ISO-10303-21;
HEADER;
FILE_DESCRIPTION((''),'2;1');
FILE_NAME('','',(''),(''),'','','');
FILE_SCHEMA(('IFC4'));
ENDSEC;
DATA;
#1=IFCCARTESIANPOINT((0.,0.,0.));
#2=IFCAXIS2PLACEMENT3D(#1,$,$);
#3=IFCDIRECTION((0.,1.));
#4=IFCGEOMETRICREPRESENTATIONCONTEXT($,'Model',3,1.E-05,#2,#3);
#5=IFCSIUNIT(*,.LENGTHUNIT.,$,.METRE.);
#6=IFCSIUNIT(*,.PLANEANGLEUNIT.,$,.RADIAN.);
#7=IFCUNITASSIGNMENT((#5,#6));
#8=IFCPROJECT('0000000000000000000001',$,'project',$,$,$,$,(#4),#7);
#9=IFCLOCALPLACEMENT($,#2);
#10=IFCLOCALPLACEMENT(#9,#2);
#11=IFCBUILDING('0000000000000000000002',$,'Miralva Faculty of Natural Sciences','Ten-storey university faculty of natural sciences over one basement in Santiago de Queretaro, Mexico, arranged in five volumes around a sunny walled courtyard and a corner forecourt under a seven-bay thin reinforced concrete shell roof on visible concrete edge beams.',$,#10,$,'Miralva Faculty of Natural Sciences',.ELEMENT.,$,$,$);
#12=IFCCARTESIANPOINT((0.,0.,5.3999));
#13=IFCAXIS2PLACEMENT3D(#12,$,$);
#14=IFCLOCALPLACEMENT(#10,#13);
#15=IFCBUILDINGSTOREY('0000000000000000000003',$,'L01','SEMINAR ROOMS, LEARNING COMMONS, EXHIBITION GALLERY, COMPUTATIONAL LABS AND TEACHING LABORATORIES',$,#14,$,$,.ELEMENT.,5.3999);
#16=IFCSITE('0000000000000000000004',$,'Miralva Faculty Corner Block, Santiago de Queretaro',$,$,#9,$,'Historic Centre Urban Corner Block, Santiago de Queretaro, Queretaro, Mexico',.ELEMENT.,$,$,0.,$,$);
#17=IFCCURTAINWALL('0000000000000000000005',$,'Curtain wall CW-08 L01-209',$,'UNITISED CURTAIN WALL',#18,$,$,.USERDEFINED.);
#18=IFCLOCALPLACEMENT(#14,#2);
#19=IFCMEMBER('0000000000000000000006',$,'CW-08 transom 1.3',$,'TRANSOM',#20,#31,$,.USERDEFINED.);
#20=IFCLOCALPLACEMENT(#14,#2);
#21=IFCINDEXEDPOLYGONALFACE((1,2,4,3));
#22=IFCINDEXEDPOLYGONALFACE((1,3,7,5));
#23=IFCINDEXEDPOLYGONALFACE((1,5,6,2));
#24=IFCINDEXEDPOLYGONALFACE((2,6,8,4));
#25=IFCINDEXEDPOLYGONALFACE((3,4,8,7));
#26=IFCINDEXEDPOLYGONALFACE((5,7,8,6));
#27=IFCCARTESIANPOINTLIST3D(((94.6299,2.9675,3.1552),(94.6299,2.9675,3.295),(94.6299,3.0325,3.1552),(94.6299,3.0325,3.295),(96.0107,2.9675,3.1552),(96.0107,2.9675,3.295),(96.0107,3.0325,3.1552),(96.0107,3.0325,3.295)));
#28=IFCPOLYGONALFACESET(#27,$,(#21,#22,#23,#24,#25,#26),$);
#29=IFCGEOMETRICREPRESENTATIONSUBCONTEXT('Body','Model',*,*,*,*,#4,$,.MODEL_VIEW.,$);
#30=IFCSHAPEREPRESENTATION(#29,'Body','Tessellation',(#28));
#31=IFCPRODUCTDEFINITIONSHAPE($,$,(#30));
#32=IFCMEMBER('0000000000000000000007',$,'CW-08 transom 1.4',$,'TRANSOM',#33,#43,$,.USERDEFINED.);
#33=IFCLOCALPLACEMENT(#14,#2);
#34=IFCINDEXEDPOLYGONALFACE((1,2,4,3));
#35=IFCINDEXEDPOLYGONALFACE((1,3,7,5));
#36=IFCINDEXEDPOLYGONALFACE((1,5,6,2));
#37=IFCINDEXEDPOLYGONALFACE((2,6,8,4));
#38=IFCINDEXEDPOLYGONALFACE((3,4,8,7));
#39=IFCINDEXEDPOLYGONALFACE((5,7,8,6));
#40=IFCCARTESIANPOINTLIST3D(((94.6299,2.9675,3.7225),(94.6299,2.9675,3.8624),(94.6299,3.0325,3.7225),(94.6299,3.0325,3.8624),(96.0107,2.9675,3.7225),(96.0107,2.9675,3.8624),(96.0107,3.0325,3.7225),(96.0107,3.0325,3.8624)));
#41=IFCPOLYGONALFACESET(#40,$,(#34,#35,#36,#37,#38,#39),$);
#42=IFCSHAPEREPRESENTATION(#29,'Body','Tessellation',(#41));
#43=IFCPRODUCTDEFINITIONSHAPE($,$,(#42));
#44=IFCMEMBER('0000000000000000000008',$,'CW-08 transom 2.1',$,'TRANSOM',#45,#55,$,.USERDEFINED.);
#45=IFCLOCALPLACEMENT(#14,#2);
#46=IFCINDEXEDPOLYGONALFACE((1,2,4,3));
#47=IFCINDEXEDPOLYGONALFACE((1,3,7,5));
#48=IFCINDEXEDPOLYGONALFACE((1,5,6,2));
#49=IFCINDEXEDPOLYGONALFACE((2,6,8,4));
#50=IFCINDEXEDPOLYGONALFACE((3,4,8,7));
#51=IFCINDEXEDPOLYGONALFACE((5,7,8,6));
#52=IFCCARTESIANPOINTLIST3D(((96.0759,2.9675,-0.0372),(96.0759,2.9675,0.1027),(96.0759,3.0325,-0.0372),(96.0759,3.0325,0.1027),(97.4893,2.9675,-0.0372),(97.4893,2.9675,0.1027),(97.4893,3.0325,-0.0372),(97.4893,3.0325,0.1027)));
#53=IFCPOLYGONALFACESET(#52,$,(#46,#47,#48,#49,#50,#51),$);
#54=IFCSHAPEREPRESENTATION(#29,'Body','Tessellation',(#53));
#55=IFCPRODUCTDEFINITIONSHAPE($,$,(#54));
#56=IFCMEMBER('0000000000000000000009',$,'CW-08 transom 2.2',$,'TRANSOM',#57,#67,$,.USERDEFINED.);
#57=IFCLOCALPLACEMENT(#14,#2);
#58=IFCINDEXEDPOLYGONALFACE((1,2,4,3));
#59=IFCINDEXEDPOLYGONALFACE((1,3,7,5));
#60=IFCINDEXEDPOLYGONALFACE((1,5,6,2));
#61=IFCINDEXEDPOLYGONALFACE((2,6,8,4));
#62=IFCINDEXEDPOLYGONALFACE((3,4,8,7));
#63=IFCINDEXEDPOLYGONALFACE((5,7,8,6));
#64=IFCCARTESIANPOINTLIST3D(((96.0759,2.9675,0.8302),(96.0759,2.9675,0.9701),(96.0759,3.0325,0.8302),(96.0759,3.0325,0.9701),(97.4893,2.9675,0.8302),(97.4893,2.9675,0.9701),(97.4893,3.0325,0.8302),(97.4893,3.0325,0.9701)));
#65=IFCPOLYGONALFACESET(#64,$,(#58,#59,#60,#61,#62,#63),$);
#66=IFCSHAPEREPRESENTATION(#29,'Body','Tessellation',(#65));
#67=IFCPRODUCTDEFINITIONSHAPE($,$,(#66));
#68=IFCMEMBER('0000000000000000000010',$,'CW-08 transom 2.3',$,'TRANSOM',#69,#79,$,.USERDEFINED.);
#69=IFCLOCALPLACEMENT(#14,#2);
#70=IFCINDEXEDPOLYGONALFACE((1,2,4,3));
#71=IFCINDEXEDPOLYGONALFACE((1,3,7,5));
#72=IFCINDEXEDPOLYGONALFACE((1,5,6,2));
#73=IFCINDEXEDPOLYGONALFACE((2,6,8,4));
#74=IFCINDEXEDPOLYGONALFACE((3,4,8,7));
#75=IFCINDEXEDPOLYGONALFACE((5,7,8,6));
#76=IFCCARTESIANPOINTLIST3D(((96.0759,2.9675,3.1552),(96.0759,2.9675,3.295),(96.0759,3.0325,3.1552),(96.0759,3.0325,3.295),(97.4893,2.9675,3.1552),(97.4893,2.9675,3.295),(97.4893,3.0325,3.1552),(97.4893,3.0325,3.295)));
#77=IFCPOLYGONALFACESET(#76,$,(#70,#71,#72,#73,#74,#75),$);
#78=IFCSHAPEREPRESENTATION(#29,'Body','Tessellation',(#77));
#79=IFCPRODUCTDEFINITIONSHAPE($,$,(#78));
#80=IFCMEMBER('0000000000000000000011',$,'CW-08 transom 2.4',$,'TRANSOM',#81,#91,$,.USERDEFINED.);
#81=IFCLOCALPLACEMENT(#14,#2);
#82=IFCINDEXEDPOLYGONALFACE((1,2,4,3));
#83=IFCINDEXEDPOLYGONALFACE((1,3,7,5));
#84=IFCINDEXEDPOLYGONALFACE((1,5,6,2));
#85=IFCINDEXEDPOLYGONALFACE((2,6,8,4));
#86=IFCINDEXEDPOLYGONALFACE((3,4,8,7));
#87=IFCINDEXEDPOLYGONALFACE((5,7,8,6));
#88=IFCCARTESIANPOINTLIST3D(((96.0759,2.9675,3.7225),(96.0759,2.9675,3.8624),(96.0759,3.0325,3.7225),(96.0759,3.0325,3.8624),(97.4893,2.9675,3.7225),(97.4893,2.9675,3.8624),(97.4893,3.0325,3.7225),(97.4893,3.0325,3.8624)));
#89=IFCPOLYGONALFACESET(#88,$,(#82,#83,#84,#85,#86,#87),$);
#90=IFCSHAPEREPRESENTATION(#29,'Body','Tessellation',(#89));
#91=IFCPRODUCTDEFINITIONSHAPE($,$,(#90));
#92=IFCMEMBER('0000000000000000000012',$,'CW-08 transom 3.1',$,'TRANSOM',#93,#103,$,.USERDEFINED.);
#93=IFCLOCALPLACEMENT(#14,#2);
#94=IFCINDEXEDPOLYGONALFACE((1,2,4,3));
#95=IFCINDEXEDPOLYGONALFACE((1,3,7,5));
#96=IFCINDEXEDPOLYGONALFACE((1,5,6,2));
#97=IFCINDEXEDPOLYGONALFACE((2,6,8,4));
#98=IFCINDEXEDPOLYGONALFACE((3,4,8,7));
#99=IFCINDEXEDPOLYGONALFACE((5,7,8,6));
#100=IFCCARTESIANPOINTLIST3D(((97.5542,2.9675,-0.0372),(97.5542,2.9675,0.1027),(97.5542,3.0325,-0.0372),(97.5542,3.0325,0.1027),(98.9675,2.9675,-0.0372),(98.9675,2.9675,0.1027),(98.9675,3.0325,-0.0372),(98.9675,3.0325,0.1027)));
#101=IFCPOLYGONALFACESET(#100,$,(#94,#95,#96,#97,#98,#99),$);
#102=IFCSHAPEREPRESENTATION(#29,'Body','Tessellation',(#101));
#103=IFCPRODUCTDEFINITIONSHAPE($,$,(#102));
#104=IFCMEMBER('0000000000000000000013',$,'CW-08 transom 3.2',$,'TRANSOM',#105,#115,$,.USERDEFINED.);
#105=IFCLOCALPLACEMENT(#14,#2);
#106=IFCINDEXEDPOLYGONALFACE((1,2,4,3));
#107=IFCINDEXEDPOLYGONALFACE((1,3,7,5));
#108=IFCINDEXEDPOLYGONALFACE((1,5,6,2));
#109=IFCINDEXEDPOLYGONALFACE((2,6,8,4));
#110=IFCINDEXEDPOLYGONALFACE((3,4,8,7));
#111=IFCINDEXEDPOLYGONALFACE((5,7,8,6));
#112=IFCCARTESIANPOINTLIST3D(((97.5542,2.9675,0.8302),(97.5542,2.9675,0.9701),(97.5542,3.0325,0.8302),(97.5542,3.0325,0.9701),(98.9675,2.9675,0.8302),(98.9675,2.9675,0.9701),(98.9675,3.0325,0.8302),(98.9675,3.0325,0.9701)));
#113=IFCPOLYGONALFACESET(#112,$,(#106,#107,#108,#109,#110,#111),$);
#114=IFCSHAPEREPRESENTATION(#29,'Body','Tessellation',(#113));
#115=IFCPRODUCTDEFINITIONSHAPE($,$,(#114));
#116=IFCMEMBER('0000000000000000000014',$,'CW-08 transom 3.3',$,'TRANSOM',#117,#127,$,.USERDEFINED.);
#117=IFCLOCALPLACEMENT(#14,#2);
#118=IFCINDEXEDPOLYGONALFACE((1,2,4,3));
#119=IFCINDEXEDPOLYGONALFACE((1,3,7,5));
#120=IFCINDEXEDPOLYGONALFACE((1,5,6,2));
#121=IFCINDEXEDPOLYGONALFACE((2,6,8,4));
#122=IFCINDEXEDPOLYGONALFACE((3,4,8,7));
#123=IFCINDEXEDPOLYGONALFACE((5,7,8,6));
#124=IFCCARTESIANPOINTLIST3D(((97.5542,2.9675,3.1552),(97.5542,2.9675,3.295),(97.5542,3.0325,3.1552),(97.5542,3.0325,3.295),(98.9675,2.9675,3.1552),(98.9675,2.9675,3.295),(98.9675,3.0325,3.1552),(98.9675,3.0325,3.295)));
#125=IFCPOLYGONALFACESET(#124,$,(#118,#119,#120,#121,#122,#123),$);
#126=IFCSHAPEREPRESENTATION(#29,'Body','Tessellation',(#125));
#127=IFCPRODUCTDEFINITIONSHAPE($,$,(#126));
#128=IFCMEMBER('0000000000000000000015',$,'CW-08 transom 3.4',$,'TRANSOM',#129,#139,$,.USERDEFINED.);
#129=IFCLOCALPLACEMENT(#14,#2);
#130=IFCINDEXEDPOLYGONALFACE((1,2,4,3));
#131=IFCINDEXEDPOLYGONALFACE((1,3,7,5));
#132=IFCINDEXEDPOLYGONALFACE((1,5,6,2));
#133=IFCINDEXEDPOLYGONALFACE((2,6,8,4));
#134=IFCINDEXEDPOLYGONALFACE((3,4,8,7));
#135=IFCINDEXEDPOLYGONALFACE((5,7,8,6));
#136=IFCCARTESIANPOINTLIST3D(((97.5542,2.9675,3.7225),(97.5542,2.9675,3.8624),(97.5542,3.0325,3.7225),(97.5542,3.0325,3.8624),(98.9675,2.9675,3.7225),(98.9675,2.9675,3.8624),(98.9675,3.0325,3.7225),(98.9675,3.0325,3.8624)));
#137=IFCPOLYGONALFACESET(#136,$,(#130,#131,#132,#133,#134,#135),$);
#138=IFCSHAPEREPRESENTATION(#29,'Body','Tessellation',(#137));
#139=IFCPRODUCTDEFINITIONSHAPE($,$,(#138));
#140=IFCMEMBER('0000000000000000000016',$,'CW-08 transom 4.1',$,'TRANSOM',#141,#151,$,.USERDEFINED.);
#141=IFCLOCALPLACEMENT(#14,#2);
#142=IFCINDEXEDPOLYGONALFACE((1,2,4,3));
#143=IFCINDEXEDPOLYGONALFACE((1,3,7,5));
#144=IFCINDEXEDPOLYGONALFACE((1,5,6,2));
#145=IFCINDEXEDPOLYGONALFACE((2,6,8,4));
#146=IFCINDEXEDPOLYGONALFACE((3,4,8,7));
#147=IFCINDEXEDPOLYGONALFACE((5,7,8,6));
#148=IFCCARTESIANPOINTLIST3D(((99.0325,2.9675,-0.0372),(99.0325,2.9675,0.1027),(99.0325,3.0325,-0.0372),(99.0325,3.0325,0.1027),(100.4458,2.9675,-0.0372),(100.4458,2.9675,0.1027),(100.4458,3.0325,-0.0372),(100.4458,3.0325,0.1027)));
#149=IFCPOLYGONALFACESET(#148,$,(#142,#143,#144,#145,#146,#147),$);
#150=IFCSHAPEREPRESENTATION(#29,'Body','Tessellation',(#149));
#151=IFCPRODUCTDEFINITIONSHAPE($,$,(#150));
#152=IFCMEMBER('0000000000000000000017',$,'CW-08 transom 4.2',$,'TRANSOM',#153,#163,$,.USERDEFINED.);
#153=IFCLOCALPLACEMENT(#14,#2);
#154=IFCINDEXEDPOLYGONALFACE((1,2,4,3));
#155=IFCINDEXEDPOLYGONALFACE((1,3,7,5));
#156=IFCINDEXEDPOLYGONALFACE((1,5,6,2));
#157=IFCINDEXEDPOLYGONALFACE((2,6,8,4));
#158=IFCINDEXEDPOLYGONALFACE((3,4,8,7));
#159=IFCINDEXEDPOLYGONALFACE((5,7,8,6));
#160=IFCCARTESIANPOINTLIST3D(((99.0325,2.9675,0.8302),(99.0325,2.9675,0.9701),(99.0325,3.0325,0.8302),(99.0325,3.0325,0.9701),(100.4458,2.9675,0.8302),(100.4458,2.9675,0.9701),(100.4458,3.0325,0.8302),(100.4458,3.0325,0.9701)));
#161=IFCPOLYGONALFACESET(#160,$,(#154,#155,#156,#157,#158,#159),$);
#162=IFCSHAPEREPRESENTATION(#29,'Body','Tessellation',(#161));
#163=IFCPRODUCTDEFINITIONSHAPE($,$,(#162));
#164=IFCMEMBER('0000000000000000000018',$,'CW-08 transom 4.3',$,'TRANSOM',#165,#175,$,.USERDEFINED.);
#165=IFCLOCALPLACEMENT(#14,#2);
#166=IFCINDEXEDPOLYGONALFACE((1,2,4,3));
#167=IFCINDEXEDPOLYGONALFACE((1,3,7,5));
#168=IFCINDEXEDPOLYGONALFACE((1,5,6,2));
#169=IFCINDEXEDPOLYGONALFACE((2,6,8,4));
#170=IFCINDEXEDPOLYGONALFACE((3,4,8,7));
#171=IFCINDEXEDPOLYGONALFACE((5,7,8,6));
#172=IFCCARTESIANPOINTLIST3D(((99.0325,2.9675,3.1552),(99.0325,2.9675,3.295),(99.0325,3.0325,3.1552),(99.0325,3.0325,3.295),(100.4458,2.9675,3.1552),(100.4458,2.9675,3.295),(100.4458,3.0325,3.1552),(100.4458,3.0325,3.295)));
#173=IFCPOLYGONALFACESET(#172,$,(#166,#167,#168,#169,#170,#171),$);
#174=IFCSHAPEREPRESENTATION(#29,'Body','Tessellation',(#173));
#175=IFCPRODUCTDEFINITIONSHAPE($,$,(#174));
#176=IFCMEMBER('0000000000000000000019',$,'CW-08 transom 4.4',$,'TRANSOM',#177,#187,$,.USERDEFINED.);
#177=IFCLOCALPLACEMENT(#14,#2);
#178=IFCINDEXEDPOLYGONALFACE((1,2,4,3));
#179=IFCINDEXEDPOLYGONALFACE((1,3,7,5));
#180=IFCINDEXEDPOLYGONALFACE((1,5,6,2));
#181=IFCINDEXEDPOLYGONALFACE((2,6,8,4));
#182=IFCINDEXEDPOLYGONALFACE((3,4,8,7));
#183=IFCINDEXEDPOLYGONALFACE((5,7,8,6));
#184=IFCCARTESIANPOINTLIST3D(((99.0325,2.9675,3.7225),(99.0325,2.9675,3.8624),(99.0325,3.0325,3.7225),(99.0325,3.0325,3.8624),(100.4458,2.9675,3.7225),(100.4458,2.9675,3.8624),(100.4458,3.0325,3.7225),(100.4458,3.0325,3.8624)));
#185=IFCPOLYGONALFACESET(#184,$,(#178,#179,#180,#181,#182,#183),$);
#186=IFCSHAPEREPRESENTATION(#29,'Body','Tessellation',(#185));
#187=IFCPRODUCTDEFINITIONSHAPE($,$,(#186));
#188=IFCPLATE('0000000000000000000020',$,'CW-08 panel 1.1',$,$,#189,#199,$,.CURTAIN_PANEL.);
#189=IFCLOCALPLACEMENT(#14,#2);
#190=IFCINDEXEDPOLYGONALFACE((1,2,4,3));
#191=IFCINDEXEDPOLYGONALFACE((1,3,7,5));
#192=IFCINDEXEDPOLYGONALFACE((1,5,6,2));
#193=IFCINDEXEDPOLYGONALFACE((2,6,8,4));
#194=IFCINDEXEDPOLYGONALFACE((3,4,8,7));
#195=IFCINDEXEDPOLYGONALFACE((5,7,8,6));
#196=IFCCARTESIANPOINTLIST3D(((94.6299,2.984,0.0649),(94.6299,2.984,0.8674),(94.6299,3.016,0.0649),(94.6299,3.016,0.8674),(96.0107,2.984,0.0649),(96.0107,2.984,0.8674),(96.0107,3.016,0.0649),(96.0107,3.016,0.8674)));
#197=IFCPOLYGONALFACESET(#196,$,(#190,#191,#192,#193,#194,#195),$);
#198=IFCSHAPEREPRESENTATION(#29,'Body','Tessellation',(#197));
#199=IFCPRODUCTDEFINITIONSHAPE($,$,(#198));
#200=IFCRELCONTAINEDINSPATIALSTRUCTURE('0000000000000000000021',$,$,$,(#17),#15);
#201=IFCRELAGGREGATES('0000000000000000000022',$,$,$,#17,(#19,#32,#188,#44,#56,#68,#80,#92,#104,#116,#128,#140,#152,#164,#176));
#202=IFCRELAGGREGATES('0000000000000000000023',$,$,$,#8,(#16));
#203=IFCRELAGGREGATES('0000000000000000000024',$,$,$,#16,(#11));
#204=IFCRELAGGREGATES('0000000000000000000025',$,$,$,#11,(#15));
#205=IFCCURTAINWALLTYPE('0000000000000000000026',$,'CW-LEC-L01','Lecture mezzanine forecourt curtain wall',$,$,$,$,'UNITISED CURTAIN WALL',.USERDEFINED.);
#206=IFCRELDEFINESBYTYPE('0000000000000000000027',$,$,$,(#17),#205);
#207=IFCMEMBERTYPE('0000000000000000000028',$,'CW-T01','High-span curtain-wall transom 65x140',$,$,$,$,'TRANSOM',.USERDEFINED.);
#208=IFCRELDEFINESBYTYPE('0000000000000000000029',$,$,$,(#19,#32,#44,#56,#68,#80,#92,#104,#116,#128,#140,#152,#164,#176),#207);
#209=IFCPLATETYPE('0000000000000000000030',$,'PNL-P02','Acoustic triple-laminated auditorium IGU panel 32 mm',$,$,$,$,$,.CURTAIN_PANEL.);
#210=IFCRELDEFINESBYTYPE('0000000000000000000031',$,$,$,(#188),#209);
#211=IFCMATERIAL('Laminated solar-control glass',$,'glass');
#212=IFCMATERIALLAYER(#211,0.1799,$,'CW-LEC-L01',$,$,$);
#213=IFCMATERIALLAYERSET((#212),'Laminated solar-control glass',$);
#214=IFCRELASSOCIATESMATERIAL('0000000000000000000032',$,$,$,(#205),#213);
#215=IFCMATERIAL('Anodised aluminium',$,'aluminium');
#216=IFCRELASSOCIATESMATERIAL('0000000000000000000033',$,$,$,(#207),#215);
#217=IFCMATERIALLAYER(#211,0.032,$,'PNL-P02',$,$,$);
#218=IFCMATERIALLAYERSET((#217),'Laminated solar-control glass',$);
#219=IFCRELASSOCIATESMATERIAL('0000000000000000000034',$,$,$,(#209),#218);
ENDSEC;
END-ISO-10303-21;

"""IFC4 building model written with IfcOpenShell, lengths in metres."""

from ifc_helpers import new_model, si_unit, direction, frame, origin, origin_2d, place, context, subcontext, project, spatial, rectangle, extrude, material, layer, layer_set, material_profile, profile_set, type_object, element, aggregate, save


model = new_model("IFC4")

# Units and contexts
model_context = context("Model", 3, precision=1e-05, world=origin(), true_north=direction((0.0, 1.0)))
body_context = subcontext(model_context, "Body", "Model", "MODEL_VIEW")
ifc_project = project(units=[si_unit("LENGTHUNIT", "METRE"), si_unit("PLANEANGLEUNIT", "RADIAN")], contexts=[model_context])

# Site, building, storey
site_placement = place(None, origin())
site = spatial("IfcSite", under=ifc_project, at=site_placement, Name="Miralva Faculty Corner Block, Santiago de Queretaro", LongName="Historic Centre Urban Corner Block, Santiago de Queretaro, Queretaro, Mexico", CompositionType="ELEMENT", RefElevation=0.0)
building_placement = place(site_placement, origin())
building = spatial("IfcBuilding", under=site, at=building_placement, Name="Miralva Faculty of Natural Sciences", Description="Ten-storey university faculty of natural sciences over one basement in Santiago de Queretaro, Mexico, arranged in five volumes around a sunny walled courtyard and a corner forecourt under a seven-bay thin reinforced concrete shell roof on visible concrete edge beams.", LongName="Miralva Faculty of Natural Sciences", CompositionType="ELEMENT")
storey_placement = place(building_placement, frame((0.0, 0.0, 5.3999)))
storey = spatial("IfcBuildingStorey", under=building, at=storey_placement, Name="L01", Description="SEMINAR ROOMS, LEARNING COMMONS, EXHIBITION GALLERY, COMPUTATIONAL LABS AND TEACHING LABORATORIES", CompositionType="ELEMENT", Elevation=5.3999)

# Curtain wall, members, plate
ifc_material_1 = material(Name="Laminated solar-control glass", Category="glass")
ifc_layer_1 = layer(ifc_material_1, 0.1799, Name="CW-LEC-L01")
ifc_layer_set_1 = layer_set([ifc_layer_1], Name="Laminated solar-control glass")
curtain_wall_type = type_object("IfcCurtainWallType", Name="CW-LEC-L01", Description="Lecture mezzanine forecourt curtain wall", ElementType="UNITISED CURTAIN WALL", PredefinedType="USERDEFINED", material=ifc_layer_set_1)
curtain_wall_placement = place(storey_placement, origin())
curtain_wall = element("IfcCurtainWall", 1, at=curtain_wall_placement, inside=storey, type_object=curtain_wall_type, Name="Curtain wall CW-08 L01-209", ObjectType="UNITISED CURTAIN WALL", PredefinedType="USERDEFINED")
ifc_material_2 = material(Name="Anodised aluminium", Category="aluminium")
ifc_material_profile_1 = material_profile(ifc_material_2, rectangle(XDim=0.0649, YDim=0.1399, at=origin_2d()), Name="TRANSOM 65x140")
ifc_profile_set_1 = profile_set([ifc_material_profile_1], Name="Anodised aluminium")
member_type_1 = type_object("IfcMemberType", Name="CW-T01", Description="High-span curtain-wall transom 65x140", ElementType="TRANSOM", PredefinedType="USERDEFINED", material=ifc_profile_set_1)
member_1_placement = place(storey_placement, frame((94.6299, 3.0, 3.2251), z_axis=(1.0, 0.0, 0.0), x_axis=(0.0, 1.0, 0.0)))
member_1 = element("IfcMember", 2, at=member_1_placement, type_object=member_type_1, Name="CW-08 transom 1.3", ObjectType="TRANSOM", PredefinedType="USERDEFINED", context=body_context, shape_type="SweptSolid", body=[
    extrude(rectangle(XDim=0.0649, YDim=0.1399, at=origin_2d()), origin(), (0.0, 0.0, 1.0), 1.3809),
])
member_2_placement = place(storey_placement, frame((94.6299, 3.0, 3.7925), z_axis=(1.0, 0.0, 0.0), x_axis=(0.0, 1.0, 0.0)))
member_2 = element("IfcMember", 3, at=member_2_placement, type_object=member_type_1, Name="CW-08 transom 1.4", ObjectType="TRANSOM", PredefinedType="USERDEFINED", context=body_context, shape_type="SweptSolid", body=[
    extrude(rectangle(XDim=0.0649, YDim=0.1399, at=origin_2d()), origin(), (0.0, 0.0, 1.0), 1.3809),
])
member_3_placement = place(storey_placement, frame((96.0759, 3.0, 0.0327), z_axis=(1.0, 0.0, 0.0), x_axis=(0.0, 1.0, 0.0)))
member_3 = element("IfcMember", 4, at=member_3_placement, type_object=member_type_1, Name="CW-08 transom 2.1", ObjectType="TRANSOM", PredefinedType="USERDEFINED", context=body_context, shape_type="SweptSolid", body=[
    extrude(rectangle(XDim=0.0649, YDim=0.1399, at=origin_2d()), origin(), (0.0, 0.0, 1.0), 1.4133),
])
member_4_placement = place(storey_placement, frame((96.0759, 3.0, 0.9001), z_axis=(1.0, 0.0, 0.0), x_axis=(0.0, 1.0, 0.0)))
member_4 = element("IfcMember", 5, at=member_4_placement, type_object=member_type_1, Name="CW-08 transom 2.2", ObjectType="TRANSOM", PredefinedType="USERDEFINED", context=body_context, shape_type="SweptSolid", body=[
    extrude(rectangle(XDim=0.0649, YDim=0.1399, at=origin_2d()), origin(), (0.0, 0.0, 1.0), 1.4133),
])
member_5_placement = place(storey_placement, frame((96.0759, 3.0, 3.2251), z_axis=(1.0, 0.0, 0.0), x_axis=(0.0, 1.0, 0.0)))
member_5 = element("IfcMember", 6, at=member_5_placement, type_object=member_type_1, Name="CW-08 transom 2.3", ObjectType="TRANSOM", PredefinedType="USERDEFINED", context=body_context, shape_type="SweptSolid", body=[
    extrude(rectangle(XDim=0.0649, YDim=0.1399, at=origin_2d()), origin(), (0.0, 0.0, 1.0), 1.4133),
])
member_6_placement = place(storey_placement, frame((96.0759, 3.0, 3.7925), z_axis=(1.0, 0.0, 0.0), x_axis=(0.0, 1.0, 0.0)))
member_6 = element("IfcMember", 7, at=member_6_placement, type_object=member_type_1, Name="CW-08 transom 2.4", ObjectType="TRANSOM", PredefinedType="USERDEFINED", context=body_context, shape_type="SweptSolid", body=[
    extrude(rectangle(XDim=0.0649, YDim=0.1399, at=origin_2d()), origin(), (0.0, 0.0, 1.0), 1.4133),
])
member_7_placement = place(storey_placement, frame((97.5542, 3.0, 0.0327), z_axis=(1.0, 0.0, 0.0), x_axis=(0.0, 1.0, 0.0)))
member_7 = element("IfcMember", 8, at=member_7_placement, type_object=member_type_1, Name="CW-08 transom 3.1", ObjectType="TRANSOM", PredefinedType="USERDEFINED", context=body_context, shape_type="SweptSolid", body=[
    extrude(rectangle(XDim=0.0649, YDim=0.1399, at=origin_2d()), origin(), (0.0, 0.0, 1.0), 1.4133),
])
member_8_placement = place(storey_placement, frame((97.5542, 3.0, 0.9001), z_axis=(1.0, 0.0, 0.0), x_axis=(0.0, 1.0, 0.0)))
member_8 = element("IfcMember", 9, at=member_8_placement, type_object=member_type_1, Name="CW-08 transom 3.2", ObjectType="TRANSOM", PredefinedType="USERDEFINED", context=body_context, shape_type="SweptSolid", body=[
    extrude(rectangle(XDim=0.0649, YDim=0.1399, at=origin_2d()), origin(), (0.0, 0.0, 1.0), 1.4133),
])
member_9_placement = place(storey_placement, frame((97.5542, 3.0, 3.2251), z_axis=(1.0, 0.0, 0.0), x_axis=(0.0, 1.0, 0.0)))
member_9 = element("IfcMember", 10, at=member_9_placement, type_object=member_type_1, Name="CW-08 transom 3.3", ObjectType="TRANSOM", PredefinedType="USERDEFINED", context=body_context, shape_type="SweptSolid", body=[
    extrude(rectangle(XDim=0.0649, YDim=0.1399, at=origin_2d()), origin(), (0.0, 0.0, 1.0), 1.4133),
])
member_10_placement = place(storey_placement, frame((97.5542, 3.0, 3.7925), z_axis=(1.0, 0.0, 0.0), x_axis=(0.0, 1.0, 0.0)))
member_10 = element("IfcMember", 11, at=member_10_placement, type_object=member_type_1, Name="CW-08 transom 3.4", ObjectType="TRANSOM", PredefinedType="USERDEFINED", context=body_context, shape_type="SweptSolid", body=[
    extrude(rectangle(XDim=0.0649, YDim=0.1399, at=origin_2d()), origin(), (0.0, 0.0, 1.0), 1.4133),
])
member_11_placement = place(storey_placement, frame((99.0325, 3.0, 0.0327), z_axis=(1.0, 0.0, 0.0), x_axis=(0.0, 1.0, 0.0)))
member_11 = element("IfcMember", 12, at=member_11_placement, type_object=member_type_1, Name="CW-08 transom 4.1", ObjectType="TRANSOM", PredefinedType="USERDEFINED", context=body_context, shape_type="SweptSolid", body=[
    extrude(rectangle(XDim=0.0649, YDim=0.1399, at=origin_2d()), origin(), (0.0, 0.0, 1.0), 1.4133),
])
member_12_placement = place(storey_placement, frame((99.0325, 3.0, 0.9001), z_axis=(1.0, 0.0, 0.0), x_axis=(0.0, 1.0, 0.0)))
member_12 = element("IfcMember", 13, at=member_12_placement, type_object=member_type_1, Name="CW-08 transom 4.2", ObjectType="TRANSOM", PredefinedType="USERDEFINED", context=body_context, shape_type="SweptSolid", body=[
    extrude(rectangle(XDim=0.0649, YDim=0.1399, at=origin_2d()), origin(), (0.0, 0.0, 1.0), 1.4133),
])
member_13_placement = place(storey_placement, frame((99.0325, 3.0, 3.2251), z_axis=(1.0, 0.0, 0.0), x_axis=(0.0, 1.0, 0.0)))
member_13 = element("IfcMember", 14, at=member_13_placement, type_object=member_type_1, Name="CW-08 transom 4.3", ObjectType="TRANSOM", PredefinedType="USERDEFINED", context=body_context, shape_type="SweptSolid", body=[
    extrude(rectangle(XDim=0.0649, YDim=0.1399, at=origin_2d()), origin(), (0.0, 0.0, 1.0), 1.4133),
])
member_14_placement = place(storey_placement, frame((99.0325, 3.0, 3.7925), z_axis=(1.0, 0.0, 0.0), x_axis=(0.0, 1.0, 0.0)))
member_14 = element("IfcMember", 15, at=member_14_placement, type_object=member_type_1, Name="CW-08 transom 4.4", ObjectType="TRANSOM", PredefinedType="USERDEFINED", context=body_context, shape_type="SweptSolid", body=[
    extrude(rectangle(XDim=0.0649, YDim=0.1399, at=origin_2d()), origin(), (0.0, 0.0, 1.0), 1.4133),
])
ifc_layer_2 = layer(ifc_material_1, 0.032, Name="PNL-P02")
ifc_layer_set_2 = layer_set([ifc_layer_2], Name="Laminated solar-control glass")
plate_type = type_object("IfcPlateType", Name="PNL-P02", Description="Acoustic triple-laminated auditorium IGU panel 32 mm", PredefinedType="CURTAIN_PANEL", material=ifc_layer_set_2)
plate_1_placement = place(storey_placement, frame((95.3203, 3.0, 0.0649), z_axis=(0.0, 0.0, 1.0), x_axis=(1.0, 0.0, 0.0)))
plate_1 = element("IfcPlate", 16, at=plate_1_placement, type_object=plate_type, Name="CW-08 panel 1.1", PredefinedType="CURTAIN_PANEL", context=body_context, shape_type="SweptSolid", body=[
    extrude(rectangle(XDim=1.3809, YDim=0.032, at=origin_2d()), origin(), (0.0, 0.0, 1.0), 0.8025),
])
aggregate(curtain_wall, [member_1, member_2, plate_1, member_3, member_4, member_5, member_6, member_7, member_8, member_9, member_10, member_11, member_12, member_13, member_14])

save(model, "model.ifc")
